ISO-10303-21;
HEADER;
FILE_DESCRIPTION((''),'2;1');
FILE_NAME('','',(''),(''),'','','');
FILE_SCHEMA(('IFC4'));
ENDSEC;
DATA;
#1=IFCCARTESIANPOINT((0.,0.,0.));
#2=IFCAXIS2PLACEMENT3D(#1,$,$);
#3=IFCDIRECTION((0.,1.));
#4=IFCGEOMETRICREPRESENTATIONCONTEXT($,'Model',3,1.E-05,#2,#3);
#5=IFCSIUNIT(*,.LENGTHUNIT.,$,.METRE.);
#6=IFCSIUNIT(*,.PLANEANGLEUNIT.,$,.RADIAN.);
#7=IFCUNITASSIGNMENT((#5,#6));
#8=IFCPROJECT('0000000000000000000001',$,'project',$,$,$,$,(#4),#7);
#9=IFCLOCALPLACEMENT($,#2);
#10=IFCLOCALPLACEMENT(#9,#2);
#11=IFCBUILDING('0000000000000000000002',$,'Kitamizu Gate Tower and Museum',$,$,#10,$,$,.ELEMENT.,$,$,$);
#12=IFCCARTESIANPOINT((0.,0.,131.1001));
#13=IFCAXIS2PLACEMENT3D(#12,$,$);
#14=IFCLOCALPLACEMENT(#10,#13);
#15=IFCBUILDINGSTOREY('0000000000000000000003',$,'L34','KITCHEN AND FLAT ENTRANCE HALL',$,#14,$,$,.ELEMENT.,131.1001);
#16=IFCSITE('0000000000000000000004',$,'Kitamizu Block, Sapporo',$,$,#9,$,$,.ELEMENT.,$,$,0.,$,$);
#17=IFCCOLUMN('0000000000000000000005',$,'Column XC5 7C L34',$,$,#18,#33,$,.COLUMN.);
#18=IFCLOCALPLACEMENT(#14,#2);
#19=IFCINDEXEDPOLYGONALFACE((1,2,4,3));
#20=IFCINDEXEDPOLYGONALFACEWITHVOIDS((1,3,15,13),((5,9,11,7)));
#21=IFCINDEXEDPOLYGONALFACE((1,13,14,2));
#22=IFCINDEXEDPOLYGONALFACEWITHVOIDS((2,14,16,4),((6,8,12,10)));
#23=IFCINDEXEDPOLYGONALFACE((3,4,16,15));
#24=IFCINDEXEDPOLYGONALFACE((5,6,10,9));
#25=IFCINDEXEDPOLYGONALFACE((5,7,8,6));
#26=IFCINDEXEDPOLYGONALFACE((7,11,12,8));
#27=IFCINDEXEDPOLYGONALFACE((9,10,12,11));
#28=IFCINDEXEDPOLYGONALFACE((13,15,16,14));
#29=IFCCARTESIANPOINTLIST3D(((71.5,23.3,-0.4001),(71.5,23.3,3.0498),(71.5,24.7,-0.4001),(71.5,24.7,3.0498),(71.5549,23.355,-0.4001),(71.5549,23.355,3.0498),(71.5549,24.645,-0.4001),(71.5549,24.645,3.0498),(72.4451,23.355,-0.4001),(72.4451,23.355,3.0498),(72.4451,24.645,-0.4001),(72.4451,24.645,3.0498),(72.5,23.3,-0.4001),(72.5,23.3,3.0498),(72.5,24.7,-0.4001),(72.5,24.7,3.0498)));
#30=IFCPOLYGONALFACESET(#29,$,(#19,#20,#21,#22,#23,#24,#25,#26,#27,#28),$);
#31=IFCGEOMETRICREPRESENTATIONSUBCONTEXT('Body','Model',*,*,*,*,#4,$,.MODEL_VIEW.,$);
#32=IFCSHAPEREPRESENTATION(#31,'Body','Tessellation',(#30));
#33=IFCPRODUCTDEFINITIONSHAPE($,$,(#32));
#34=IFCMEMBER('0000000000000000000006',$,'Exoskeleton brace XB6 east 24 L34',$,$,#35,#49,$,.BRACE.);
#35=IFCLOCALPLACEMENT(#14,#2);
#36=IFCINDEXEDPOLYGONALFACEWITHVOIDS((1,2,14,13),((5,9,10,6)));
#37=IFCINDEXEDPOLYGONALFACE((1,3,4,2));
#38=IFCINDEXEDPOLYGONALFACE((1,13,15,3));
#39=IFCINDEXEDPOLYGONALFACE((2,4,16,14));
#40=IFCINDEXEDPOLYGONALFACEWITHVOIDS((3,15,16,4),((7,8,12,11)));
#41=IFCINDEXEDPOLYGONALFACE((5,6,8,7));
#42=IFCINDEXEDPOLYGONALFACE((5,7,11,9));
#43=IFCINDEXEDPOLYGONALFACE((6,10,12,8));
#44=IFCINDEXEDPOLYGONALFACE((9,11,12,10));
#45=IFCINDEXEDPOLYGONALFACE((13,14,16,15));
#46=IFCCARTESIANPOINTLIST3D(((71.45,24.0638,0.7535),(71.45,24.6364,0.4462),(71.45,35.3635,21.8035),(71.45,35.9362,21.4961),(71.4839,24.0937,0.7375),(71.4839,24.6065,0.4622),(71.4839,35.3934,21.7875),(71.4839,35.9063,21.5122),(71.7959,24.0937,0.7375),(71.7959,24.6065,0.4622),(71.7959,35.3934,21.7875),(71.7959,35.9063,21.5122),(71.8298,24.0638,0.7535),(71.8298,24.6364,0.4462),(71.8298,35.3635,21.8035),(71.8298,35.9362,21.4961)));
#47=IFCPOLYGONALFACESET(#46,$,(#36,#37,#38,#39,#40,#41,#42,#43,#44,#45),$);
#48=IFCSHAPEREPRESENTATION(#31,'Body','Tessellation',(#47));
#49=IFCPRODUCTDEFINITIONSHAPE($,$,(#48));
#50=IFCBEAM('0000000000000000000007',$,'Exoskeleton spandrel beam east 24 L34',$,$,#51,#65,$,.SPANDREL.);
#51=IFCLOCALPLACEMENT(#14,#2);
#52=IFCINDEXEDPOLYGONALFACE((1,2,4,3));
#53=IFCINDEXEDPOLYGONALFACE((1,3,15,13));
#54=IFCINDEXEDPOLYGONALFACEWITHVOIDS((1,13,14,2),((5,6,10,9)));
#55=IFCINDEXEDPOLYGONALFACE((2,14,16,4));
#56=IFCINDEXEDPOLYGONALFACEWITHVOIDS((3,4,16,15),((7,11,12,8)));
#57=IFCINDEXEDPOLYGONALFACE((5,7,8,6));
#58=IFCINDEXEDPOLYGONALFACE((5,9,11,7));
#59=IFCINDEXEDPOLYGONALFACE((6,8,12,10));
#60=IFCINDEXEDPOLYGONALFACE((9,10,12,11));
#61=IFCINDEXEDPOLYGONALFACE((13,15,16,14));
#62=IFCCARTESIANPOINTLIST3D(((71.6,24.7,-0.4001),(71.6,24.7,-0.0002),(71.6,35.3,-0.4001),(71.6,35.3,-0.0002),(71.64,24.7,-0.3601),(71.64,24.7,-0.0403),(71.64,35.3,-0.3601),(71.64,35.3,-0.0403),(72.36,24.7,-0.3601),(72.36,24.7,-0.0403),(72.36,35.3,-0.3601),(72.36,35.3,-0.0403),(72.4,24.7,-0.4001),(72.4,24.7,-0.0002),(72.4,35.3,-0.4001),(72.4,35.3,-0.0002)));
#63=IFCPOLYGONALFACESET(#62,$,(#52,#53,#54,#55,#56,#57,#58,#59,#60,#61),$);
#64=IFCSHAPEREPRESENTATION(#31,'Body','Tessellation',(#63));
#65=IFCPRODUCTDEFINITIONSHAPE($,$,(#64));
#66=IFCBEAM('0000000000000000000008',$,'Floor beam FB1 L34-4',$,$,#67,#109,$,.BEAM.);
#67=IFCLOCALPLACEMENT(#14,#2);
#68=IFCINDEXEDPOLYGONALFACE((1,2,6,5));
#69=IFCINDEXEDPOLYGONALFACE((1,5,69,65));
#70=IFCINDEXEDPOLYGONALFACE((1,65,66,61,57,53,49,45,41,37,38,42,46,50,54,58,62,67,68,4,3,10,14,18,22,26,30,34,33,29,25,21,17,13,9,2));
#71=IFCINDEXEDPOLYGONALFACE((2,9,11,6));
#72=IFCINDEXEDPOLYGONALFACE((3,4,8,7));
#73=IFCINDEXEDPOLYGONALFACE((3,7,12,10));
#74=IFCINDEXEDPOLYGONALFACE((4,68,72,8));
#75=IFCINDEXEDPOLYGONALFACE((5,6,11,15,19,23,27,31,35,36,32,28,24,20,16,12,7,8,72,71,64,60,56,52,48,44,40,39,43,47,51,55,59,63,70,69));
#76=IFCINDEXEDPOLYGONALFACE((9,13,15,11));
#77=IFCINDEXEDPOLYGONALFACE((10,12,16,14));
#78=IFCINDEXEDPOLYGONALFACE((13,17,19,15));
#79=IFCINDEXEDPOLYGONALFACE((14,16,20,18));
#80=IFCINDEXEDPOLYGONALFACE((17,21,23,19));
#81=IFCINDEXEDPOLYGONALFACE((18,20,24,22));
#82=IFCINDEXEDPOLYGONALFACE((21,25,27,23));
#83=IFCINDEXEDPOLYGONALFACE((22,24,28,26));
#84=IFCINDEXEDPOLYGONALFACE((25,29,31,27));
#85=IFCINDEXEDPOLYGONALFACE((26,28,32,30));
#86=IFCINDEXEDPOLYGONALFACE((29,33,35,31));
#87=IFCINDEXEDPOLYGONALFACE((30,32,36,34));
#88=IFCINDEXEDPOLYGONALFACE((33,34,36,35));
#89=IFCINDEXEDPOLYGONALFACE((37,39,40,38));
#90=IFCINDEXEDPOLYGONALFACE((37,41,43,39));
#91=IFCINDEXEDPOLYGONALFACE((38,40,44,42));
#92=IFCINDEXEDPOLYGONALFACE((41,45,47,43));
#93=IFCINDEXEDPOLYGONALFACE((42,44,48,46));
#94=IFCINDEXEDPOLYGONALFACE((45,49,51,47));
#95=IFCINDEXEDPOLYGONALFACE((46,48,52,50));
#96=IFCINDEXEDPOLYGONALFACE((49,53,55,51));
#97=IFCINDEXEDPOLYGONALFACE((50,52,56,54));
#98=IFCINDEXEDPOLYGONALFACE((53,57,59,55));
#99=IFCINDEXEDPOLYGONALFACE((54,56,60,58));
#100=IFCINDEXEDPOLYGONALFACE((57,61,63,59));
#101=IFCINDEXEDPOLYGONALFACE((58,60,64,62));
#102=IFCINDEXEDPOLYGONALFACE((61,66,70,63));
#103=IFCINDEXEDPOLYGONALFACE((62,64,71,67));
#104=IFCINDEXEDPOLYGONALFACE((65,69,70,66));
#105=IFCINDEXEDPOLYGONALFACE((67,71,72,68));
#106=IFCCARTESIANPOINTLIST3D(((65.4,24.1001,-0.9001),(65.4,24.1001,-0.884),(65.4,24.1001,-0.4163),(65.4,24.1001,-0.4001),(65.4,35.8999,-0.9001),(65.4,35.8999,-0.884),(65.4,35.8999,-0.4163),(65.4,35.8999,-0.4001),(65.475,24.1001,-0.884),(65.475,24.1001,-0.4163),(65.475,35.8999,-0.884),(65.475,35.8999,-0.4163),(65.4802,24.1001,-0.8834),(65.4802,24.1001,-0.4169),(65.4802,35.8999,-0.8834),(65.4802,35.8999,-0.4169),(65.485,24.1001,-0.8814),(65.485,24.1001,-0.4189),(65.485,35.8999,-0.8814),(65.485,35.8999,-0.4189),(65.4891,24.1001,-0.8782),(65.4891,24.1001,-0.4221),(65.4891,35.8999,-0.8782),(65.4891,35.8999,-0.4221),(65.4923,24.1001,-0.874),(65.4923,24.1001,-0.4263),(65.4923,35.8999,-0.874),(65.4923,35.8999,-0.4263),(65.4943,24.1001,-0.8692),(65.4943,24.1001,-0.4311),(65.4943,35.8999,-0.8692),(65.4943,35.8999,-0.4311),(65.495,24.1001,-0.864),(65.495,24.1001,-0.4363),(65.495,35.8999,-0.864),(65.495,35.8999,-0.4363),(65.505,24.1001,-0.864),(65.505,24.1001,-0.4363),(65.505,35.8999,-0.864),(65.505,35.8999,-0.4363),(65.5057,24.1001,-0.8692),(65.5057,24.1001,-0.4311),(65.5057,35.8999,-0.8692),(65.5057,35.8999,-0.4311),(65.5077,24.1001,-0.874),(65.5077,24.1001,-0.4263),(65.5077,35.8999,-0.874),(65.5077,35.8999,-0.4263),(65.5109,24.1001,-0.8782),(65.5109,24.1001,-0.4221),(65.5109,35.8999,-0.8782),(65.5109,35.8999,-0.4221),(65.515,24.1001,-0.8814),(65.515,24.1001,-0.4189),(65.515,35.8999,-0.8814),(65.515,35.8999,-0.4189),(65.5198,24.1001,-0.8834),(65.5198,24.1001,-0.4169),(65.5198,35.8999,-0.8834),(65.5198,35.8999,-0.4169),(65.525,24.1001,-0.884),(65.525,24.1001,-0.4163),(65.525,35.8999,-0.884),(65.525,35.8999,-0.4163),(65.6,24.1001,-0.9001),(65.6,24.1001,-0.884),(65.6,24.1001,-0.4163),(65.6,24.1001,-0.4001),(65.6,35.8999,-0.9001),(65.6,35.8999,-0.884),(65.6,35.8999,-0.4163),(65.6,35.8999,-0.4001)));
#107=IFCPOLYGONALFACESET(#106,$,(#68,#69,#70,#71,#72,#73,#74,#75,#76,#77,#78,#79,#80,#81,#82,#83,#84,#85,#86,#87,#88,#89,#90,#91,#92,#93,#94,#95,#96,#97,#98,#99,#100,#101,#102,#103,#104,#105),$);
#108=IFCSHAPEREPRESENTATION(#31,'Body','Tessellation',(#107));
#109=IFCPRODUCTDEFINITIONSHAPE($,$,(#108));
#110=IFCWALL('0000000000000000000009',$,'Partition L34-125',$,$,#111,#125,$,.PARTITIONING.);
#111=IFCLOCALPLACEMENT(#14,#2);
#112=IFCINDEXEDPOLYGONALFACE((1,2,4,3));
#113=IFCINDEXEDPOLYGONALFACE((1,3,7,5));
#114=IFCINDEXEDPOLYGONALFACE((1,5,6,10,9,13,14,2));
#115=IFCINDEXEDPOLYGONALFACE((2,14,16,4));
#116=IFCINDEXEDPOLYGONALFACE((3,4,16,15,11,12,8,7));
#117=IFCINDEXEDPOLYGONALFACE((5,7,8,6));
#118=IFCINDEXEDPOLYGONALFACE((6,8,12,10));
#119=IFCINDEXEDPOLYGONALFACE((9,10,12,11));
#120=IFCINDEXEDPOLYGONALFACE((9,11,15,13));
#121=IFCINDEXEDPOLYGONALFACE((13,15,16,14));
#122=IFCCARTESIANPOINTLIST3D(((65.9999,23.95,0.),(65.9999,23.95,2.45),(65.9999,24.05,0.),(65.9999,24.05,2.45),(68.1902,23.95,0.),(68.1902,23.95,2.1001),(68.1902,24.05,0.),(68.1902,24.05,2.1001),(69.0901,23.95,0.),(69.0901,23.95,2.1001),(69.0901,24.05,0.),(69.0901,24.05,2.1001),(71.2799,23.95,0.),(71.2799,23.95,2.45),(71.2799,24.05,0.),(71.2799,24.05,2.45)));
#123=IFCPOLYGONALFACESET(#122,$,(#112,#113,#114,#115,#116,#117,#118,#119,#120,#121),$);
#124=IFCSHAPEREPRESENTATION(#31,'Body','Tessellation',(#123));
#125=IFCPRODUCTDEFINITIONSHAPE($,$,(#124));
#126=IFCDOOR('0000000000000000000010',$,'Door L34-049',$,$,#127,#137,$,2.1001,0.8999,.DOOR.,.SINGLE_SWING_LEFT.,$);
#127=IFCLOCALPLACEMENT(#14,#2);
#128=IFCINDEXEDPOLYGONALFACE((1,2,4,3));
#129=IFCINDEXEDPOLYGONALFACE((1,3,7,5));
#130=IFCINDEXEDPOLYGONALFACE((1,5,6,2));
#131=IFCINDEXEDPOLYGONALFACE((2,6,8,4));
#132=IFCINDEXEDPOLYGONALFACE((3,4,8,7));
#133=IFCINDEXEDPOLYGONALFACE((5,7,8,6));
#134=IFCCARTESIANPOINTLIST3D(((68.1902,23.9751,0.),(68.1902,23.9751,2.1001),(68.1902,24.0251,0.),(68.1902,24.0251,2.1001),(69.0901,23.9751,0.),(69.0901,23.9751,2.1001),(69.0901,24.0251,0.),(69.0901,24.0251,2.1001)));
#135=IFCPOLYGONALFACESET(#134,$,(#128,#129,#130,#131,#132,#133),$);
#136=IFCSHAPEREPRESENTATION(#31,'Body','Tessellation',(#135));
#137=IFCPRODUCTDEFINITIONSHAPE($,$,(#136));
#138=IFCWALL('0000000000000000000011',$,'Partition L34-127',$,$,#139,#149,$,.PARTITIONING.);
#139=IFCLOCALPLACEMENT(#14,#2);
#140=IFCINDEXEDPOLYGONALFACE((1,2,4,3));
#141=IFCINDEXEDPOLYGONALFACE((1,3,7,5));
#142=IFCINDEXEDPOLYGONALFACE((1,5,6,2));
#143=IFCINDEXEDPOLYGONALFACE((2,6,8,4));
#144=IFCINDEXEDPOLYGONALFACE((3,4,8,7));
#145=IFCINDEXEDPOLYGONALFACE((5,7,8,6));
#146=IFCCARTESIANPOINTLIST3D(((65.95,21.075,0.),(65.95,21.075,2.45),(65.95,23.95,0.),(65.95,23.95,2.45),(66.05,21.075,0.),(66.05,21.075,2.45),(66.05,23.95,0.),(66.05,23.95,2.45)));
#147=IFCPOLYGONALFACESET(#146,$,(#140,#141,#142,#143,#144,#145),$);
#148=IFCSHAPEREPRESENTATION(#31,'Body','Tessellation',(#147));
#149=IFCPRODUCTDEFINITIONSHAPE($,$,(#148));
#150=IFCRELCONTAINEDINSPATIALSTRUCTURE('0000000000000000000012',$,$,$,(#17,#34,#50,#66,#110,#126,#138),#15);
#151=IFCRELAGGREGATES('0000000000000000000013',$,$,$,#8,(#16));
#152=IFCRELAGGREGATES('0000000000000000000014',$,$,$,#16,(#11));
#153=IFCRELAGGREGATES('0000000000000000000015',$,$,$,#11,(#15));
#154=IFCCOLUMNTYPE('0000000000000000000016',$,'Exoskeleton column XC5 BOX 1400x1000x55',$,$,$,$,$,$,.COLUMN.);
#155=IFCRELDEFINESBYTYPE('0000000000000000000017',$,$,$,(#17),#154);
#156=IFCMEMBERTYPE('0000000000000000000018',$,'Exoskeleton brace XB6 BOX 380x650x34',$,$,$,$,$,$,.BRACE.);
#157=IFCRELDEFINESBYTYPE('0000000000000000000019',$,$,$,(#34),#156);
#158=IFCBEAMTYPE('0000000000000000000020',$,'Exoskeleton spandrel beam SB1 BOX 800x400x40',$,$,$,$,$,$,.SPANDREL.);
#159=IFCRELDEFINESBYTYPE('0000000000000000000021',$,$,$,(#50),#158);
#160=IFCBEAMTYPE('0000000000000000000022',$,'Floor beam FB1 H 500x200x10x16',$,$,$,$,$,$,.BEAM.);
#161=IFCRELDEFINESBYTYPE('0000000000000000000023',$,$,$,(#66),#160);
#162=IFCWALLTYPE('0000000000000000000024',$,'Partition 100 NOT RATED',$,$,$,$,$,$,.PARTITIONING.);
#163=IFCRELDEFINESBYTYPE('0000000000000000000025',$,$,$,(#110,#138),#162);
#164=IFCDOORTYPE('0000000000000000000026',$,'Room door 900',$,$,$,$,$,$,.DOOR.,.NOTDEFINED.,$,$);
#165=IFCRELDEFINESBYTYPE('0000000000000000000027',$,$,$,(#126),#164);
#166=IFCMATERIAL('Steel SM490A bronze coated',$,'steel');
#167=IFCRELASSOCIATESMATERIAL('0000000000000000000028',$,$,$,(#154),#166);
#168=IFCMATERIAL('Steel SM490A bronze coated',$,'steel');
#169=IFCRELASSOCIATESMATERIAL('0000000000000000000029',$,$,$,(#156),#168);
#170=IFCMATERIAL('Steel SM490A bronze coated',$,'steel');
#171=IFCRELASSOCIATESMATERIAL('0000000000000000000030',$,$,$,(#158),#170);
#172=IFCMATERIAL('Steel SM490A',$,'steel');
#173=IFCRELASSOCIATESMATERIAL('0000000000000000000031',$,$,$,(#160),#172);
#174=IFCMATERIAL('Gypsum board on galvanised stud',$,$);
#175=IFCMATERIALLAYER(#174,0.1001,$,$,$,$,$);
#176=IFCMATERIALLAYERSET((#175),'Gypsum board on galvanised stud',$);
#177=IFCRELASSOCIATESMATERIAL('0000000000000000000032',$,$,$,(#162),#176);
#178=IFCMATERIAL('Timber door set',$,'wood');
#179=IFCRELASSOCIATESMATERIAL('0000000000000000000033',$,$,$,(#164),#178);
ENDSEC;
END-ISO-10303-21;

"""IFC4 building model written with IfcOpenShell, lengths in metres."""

from ifc_helpers import new_model, si_unit, direction, frame, frame_2d, origin, origin_2d, place, context, subcontext, project, spatial, rectangle, hollow_rectangle, i_section, extrude, material, layer, layer_set, material_profile, profile_set, type_object, element, fill, save


model = new_model("IFC4")

# Units and contexts
model_context = context("Model", 3, precision=1e-05, world=origin(), true_north=direction((0.0, 1.0)))
body_context = subcontext(model_context, "Body", "Model", "MODEL_VIEW")
ifc_project = project(units=[si_unit("LENGTHUNIT", "METRE"), si_unit("PLANEANGLEUNIT", "RADIAN")], contexts=[model_context])

# Site, building, storey
site_placement = place(None, origin())
site = spatial("IfcSite", under=ifc_project, at=site_placement, Name="Kitamizu Block, Sapporo", CompositionType="ELEMENT", RefElevation=0.0)
building_placement = place(site_placement, origin())
building = spatial("IfcBuilding", under=site, at=building_placement, Name="Kitamizu Gate Tower and Museum", CompositionType="ELEMENT")
storey_placement = place(building_placement, frame((0.0, 0.0, 131.1001)))
storey = spatial("IfcBuildingStorey", under=building, at=storey_placement, Name="L34", Description="KITCHEN AND FLAT ENTRANCE HALL", CompositionType="ELEMENT", Elevation=131.1001)

# Column
ifc_material_1 = material(Name="Steel SM490A bronze coated", Category="steel")
ifc_material_profile_1 = material_profile(ifc_material_1, hollow_rectangle(XDim=1.3999, YDim=1.0, WallThickness=0.0549, at=origin_2d()), Name="BOX 1400x1000x55")
ifc_profile_set_1 = profile_set([ifc_material_profile_1], Name="Steel SM490A bronze coated")
column_type = type_object("IfcColumnType", Name="Exoskeleton column XC5 BOX 1400x1000x55", PredefinedType="COLUMN", material=ifc_profile_set_1)
column_placement = place(storey_placement, frame((72.0, 24.0, -0.4001), z_axis=(0.0, 0.0, 1.0), x_axis=(0.0, 1.0, 0.0)))
element("IfcColumn", 1, at=column_placement, inside=storey, type_object=column_type, Name="Column XC5 7C L34", PredefinedType="COLUMN", context=body_context, shape_type="SweptSolid", body=[
    extrude(hollow_rectangle(XDim=1.3999, YDim=1.0, WallThickness=0.0549, at=origin_2d()), origin(), (0.0, 0.0, 1.0), 3.45),
])

# Member
ifc_material_2 = material(Name="Steel SM490A bronze coated", Category="steel")
ifc_material_profile_2 = material_profile(ifc_material_2, hollow_rectangle(XDim=0.3799, YDim=0.6499, WallThickness=0.0339, at=origin_2d()), Name="BOX 380x650x34")
ifc_profile_set_2 = profile_set([ifc_material_profile_2], Name="Steel SM490A bronze coated")
member_type = type_object("IfcMemberType", Name="Exoskeleton brace XB6 BOX 380x650x34", PredefinedType="BRACE", material=ifc_profile_set_2)
member_placement = place(storey_placement, frame((71.6399, 24.3501, 0.5999), z_axis=(0.0, 0.472969, 0.881079), x_axis=(-1.0, 0.0, 0.0)))
element("IfcMember", 2, at=member_placement, inside=storey, type_object=member_type, Name="Exoskeleton brace XB6 east 24 L34", PredefinedType="BRACE", context=body_context, shape_type="SweptSolid", body=[
    extrude(hollow_rectangle(XDim=0.3799, YDim=0.6499, WallThickness=0.0339, at=origin_2d()), origin(), (0.0, 0.0, 1.0), 23.8911),
])

# Beams
ifc_material_3 = material(Name="Steel SM490A bronze coated", Category="steel")
ifc_material_profile_3 = material_profile(ifc_material_3, hollow_rectangle(XDim=0.8, YDim=0.3999, WallThickness=0.04, at=origin_2d()), Name="BOX 800x400x40")
ifc_profile_set_3 = profile_set([ifc_material_profile_3], Name="Steel SM490A bronze coated")
beam_type_1 = type_object("IfcBeamType", Name="Exoskeleton spandrel beam SB1 BOX 800x400x40", PredefinedType="SPANDREL", material=ifc_profile_set_3)
beam_1_placement = place(storey_placement, frame((72.0, 24.7, -0.2002), z_axis=(0.0, 1.0, 0.0), x_axis=(-1.0, 0.0, 0.0)))
element("IfcBeam", 3, at=beam_1_placement, inside=storey, type_object=beam_type_1, Name="Exoskeleton spandrel beam east 24 L34", PredefinedType="SPANDREL", context=body_context, shape_type="SweptSolid", body=[
    extrude(hollow_rectangle(XDim=0.8, YDim=0.3999, WallThickness=0.04, at=origin_2d()), origin(), (0.0, 0.0, 1.0), 10.6001),
])
ifc_material_4 = material(Name="Steel SM490A", Category="steel")
ifc_material_profile_4 = material_profile(ifc_material_4, i_section(OverallWidth=0.2, OverallDepth=0.5, WebThickness=0.01, FlangeThickness=0.0161, FilletRadius=0.02, at=origin_2d()), Name="H-500x200x10x16")
ifc_profile_set_4 = profile_set([ifc_material_profile_4], Name="Steel SM490A")
beam_type_2 = type_object("IfcBeamType", Name="Floor beam FB1 H 500x200x10x16", PredefinedType="BEAM", material=ifc_profile_set_4)
beam_2_placement = place(storey_placement, frame((65.5, 24.1001, -0.6501), z_axis=(0.0, 1.0, 0.0), x_axis=(-1.0, 0.0, 0.0)))
element("IfcBeam", 4, at=beam_2_placement, inside=storey, type_object=beam_type_2, Name="Floor beam FB1 L34-4", PredefinedType="BEAM", context=body_context, shape_type="SweptSolid", body=[
    extrude(i_section(OverallWidth=0.2, OverallDepth=0.5, WebThickness=0.01, FlangeThickness=0.0161, FilletRadius=0.02, at=origin_2d()), origin(), (0.0, 0.0, 1.0), 11.7998),
])

# Wall, opening, door
ifc_material_5 = material(Name="Gypsum board on galvanised stud")
ifc_layer_1 = layer(ifc_material_5, 0.1001)
ifc_layer_set_1 = layer_set([ifc_layer_1], Name="Gypsum board on galvanised stud")
wall_type_1 = type_object("IfcWallType", Name="Partition 100 NOT RATED", PredefinedType="PARTITIONING", material=ifc_layer_set_1)
wall_1_placement = place(storey_placement, frame((71.28, 24.0, 0.0), z_axis=(0.0, 0.0, 1.0), x_axis=(-1.0, 0.0, 0.0)))
wall_1 = element("IfcWall", 5, at=wall_1_placement, inside=storey, type_object=wall_type_1, Name="Partition L34-125", PredefinedType="PARTITIONING", context=body_context, shape_type="SweptSolid", body=[
    extrude(rectangle(XDim=5.28, YDim=0.1001, at=frame_2d((2.6401, 0.0))), origin(), (0.0, 0.0, 1.0), 2.45),
])
opening_1_placement = place(wall_1_placement, frame((2.1899, 0.0, 0.0)))
opening_1 = element("IfcOpeningElement", 6, at=opening_1_placement, cuts=wall_1, PredefinedType="OPENING", context=body_context, shape_type="SweptSolid", body=[
    extrude(rectangle(XDim=0.8999, YDim=2.1001, at=frame_2d((0.45, 1.05))), frame((0.0, 0.0601, 0.0), z_axis=(0.0, -1.0, 0.0), x_axis=(1.0, 0.0, 0.0)), (0.0, 0.0, 1.0), 0.1201),
])
ifc_material_6 = material(Name="Timber door set", Category="wood")
door_type_1 = type_object("IfcDoorType", Name="Room door 900", OperationType="NOTDEFINED", PredefinedType="DOOR", material=ifc_material_6)
door_1_placement = place(opening_1_placement, origin())
door_1 = element("IfcDoor", 7, at=door_1_placement, inside=storey, type_object=door_type_1, Name="Door L34-049", OperationType="SINGLE_SWING_LEFT", OverallHeight=2.1001, OverallWidth=0.8999, PredefinedType="DOOR", context=body_context, shape_type="SweptSolid", body=[
    extrude(rectangle(XDim=0.8999, YDim=2.1001, at=frame_2d((0.45, 1.05))), frame((0.0, 0.0249, 0.0), z_axis=(0.0, -1.0, 0.0), x_axis=(1.0, 0.0, 0.0)), (0.0, 0.0, 1.0), 0.05),
])
fill(opening_1, door_1)

# Wall
wall_2_placement = place(storey_placement, frame((66.0, 23.95, 0.0), z_axis=(0.0, 0.0, 1.0), x_axis=(0.0, -1.0, 0.0)))
element("IfcWall", 8, at=wall_2_placement, inside=storey, type_object=wall_type_1, Name="Partition L34-127", PredefinedType="PARTITIONING", context=body_context, shape_type="SweptSolid", body=[
    extrude(rectangle(XDim=2.875, YDim=0.1001, at=frame_2d((1.4375, 0.0))), origin(), (0.0, 0.0, 1.0), 2.45),
])

save(model, "model.ifc")
